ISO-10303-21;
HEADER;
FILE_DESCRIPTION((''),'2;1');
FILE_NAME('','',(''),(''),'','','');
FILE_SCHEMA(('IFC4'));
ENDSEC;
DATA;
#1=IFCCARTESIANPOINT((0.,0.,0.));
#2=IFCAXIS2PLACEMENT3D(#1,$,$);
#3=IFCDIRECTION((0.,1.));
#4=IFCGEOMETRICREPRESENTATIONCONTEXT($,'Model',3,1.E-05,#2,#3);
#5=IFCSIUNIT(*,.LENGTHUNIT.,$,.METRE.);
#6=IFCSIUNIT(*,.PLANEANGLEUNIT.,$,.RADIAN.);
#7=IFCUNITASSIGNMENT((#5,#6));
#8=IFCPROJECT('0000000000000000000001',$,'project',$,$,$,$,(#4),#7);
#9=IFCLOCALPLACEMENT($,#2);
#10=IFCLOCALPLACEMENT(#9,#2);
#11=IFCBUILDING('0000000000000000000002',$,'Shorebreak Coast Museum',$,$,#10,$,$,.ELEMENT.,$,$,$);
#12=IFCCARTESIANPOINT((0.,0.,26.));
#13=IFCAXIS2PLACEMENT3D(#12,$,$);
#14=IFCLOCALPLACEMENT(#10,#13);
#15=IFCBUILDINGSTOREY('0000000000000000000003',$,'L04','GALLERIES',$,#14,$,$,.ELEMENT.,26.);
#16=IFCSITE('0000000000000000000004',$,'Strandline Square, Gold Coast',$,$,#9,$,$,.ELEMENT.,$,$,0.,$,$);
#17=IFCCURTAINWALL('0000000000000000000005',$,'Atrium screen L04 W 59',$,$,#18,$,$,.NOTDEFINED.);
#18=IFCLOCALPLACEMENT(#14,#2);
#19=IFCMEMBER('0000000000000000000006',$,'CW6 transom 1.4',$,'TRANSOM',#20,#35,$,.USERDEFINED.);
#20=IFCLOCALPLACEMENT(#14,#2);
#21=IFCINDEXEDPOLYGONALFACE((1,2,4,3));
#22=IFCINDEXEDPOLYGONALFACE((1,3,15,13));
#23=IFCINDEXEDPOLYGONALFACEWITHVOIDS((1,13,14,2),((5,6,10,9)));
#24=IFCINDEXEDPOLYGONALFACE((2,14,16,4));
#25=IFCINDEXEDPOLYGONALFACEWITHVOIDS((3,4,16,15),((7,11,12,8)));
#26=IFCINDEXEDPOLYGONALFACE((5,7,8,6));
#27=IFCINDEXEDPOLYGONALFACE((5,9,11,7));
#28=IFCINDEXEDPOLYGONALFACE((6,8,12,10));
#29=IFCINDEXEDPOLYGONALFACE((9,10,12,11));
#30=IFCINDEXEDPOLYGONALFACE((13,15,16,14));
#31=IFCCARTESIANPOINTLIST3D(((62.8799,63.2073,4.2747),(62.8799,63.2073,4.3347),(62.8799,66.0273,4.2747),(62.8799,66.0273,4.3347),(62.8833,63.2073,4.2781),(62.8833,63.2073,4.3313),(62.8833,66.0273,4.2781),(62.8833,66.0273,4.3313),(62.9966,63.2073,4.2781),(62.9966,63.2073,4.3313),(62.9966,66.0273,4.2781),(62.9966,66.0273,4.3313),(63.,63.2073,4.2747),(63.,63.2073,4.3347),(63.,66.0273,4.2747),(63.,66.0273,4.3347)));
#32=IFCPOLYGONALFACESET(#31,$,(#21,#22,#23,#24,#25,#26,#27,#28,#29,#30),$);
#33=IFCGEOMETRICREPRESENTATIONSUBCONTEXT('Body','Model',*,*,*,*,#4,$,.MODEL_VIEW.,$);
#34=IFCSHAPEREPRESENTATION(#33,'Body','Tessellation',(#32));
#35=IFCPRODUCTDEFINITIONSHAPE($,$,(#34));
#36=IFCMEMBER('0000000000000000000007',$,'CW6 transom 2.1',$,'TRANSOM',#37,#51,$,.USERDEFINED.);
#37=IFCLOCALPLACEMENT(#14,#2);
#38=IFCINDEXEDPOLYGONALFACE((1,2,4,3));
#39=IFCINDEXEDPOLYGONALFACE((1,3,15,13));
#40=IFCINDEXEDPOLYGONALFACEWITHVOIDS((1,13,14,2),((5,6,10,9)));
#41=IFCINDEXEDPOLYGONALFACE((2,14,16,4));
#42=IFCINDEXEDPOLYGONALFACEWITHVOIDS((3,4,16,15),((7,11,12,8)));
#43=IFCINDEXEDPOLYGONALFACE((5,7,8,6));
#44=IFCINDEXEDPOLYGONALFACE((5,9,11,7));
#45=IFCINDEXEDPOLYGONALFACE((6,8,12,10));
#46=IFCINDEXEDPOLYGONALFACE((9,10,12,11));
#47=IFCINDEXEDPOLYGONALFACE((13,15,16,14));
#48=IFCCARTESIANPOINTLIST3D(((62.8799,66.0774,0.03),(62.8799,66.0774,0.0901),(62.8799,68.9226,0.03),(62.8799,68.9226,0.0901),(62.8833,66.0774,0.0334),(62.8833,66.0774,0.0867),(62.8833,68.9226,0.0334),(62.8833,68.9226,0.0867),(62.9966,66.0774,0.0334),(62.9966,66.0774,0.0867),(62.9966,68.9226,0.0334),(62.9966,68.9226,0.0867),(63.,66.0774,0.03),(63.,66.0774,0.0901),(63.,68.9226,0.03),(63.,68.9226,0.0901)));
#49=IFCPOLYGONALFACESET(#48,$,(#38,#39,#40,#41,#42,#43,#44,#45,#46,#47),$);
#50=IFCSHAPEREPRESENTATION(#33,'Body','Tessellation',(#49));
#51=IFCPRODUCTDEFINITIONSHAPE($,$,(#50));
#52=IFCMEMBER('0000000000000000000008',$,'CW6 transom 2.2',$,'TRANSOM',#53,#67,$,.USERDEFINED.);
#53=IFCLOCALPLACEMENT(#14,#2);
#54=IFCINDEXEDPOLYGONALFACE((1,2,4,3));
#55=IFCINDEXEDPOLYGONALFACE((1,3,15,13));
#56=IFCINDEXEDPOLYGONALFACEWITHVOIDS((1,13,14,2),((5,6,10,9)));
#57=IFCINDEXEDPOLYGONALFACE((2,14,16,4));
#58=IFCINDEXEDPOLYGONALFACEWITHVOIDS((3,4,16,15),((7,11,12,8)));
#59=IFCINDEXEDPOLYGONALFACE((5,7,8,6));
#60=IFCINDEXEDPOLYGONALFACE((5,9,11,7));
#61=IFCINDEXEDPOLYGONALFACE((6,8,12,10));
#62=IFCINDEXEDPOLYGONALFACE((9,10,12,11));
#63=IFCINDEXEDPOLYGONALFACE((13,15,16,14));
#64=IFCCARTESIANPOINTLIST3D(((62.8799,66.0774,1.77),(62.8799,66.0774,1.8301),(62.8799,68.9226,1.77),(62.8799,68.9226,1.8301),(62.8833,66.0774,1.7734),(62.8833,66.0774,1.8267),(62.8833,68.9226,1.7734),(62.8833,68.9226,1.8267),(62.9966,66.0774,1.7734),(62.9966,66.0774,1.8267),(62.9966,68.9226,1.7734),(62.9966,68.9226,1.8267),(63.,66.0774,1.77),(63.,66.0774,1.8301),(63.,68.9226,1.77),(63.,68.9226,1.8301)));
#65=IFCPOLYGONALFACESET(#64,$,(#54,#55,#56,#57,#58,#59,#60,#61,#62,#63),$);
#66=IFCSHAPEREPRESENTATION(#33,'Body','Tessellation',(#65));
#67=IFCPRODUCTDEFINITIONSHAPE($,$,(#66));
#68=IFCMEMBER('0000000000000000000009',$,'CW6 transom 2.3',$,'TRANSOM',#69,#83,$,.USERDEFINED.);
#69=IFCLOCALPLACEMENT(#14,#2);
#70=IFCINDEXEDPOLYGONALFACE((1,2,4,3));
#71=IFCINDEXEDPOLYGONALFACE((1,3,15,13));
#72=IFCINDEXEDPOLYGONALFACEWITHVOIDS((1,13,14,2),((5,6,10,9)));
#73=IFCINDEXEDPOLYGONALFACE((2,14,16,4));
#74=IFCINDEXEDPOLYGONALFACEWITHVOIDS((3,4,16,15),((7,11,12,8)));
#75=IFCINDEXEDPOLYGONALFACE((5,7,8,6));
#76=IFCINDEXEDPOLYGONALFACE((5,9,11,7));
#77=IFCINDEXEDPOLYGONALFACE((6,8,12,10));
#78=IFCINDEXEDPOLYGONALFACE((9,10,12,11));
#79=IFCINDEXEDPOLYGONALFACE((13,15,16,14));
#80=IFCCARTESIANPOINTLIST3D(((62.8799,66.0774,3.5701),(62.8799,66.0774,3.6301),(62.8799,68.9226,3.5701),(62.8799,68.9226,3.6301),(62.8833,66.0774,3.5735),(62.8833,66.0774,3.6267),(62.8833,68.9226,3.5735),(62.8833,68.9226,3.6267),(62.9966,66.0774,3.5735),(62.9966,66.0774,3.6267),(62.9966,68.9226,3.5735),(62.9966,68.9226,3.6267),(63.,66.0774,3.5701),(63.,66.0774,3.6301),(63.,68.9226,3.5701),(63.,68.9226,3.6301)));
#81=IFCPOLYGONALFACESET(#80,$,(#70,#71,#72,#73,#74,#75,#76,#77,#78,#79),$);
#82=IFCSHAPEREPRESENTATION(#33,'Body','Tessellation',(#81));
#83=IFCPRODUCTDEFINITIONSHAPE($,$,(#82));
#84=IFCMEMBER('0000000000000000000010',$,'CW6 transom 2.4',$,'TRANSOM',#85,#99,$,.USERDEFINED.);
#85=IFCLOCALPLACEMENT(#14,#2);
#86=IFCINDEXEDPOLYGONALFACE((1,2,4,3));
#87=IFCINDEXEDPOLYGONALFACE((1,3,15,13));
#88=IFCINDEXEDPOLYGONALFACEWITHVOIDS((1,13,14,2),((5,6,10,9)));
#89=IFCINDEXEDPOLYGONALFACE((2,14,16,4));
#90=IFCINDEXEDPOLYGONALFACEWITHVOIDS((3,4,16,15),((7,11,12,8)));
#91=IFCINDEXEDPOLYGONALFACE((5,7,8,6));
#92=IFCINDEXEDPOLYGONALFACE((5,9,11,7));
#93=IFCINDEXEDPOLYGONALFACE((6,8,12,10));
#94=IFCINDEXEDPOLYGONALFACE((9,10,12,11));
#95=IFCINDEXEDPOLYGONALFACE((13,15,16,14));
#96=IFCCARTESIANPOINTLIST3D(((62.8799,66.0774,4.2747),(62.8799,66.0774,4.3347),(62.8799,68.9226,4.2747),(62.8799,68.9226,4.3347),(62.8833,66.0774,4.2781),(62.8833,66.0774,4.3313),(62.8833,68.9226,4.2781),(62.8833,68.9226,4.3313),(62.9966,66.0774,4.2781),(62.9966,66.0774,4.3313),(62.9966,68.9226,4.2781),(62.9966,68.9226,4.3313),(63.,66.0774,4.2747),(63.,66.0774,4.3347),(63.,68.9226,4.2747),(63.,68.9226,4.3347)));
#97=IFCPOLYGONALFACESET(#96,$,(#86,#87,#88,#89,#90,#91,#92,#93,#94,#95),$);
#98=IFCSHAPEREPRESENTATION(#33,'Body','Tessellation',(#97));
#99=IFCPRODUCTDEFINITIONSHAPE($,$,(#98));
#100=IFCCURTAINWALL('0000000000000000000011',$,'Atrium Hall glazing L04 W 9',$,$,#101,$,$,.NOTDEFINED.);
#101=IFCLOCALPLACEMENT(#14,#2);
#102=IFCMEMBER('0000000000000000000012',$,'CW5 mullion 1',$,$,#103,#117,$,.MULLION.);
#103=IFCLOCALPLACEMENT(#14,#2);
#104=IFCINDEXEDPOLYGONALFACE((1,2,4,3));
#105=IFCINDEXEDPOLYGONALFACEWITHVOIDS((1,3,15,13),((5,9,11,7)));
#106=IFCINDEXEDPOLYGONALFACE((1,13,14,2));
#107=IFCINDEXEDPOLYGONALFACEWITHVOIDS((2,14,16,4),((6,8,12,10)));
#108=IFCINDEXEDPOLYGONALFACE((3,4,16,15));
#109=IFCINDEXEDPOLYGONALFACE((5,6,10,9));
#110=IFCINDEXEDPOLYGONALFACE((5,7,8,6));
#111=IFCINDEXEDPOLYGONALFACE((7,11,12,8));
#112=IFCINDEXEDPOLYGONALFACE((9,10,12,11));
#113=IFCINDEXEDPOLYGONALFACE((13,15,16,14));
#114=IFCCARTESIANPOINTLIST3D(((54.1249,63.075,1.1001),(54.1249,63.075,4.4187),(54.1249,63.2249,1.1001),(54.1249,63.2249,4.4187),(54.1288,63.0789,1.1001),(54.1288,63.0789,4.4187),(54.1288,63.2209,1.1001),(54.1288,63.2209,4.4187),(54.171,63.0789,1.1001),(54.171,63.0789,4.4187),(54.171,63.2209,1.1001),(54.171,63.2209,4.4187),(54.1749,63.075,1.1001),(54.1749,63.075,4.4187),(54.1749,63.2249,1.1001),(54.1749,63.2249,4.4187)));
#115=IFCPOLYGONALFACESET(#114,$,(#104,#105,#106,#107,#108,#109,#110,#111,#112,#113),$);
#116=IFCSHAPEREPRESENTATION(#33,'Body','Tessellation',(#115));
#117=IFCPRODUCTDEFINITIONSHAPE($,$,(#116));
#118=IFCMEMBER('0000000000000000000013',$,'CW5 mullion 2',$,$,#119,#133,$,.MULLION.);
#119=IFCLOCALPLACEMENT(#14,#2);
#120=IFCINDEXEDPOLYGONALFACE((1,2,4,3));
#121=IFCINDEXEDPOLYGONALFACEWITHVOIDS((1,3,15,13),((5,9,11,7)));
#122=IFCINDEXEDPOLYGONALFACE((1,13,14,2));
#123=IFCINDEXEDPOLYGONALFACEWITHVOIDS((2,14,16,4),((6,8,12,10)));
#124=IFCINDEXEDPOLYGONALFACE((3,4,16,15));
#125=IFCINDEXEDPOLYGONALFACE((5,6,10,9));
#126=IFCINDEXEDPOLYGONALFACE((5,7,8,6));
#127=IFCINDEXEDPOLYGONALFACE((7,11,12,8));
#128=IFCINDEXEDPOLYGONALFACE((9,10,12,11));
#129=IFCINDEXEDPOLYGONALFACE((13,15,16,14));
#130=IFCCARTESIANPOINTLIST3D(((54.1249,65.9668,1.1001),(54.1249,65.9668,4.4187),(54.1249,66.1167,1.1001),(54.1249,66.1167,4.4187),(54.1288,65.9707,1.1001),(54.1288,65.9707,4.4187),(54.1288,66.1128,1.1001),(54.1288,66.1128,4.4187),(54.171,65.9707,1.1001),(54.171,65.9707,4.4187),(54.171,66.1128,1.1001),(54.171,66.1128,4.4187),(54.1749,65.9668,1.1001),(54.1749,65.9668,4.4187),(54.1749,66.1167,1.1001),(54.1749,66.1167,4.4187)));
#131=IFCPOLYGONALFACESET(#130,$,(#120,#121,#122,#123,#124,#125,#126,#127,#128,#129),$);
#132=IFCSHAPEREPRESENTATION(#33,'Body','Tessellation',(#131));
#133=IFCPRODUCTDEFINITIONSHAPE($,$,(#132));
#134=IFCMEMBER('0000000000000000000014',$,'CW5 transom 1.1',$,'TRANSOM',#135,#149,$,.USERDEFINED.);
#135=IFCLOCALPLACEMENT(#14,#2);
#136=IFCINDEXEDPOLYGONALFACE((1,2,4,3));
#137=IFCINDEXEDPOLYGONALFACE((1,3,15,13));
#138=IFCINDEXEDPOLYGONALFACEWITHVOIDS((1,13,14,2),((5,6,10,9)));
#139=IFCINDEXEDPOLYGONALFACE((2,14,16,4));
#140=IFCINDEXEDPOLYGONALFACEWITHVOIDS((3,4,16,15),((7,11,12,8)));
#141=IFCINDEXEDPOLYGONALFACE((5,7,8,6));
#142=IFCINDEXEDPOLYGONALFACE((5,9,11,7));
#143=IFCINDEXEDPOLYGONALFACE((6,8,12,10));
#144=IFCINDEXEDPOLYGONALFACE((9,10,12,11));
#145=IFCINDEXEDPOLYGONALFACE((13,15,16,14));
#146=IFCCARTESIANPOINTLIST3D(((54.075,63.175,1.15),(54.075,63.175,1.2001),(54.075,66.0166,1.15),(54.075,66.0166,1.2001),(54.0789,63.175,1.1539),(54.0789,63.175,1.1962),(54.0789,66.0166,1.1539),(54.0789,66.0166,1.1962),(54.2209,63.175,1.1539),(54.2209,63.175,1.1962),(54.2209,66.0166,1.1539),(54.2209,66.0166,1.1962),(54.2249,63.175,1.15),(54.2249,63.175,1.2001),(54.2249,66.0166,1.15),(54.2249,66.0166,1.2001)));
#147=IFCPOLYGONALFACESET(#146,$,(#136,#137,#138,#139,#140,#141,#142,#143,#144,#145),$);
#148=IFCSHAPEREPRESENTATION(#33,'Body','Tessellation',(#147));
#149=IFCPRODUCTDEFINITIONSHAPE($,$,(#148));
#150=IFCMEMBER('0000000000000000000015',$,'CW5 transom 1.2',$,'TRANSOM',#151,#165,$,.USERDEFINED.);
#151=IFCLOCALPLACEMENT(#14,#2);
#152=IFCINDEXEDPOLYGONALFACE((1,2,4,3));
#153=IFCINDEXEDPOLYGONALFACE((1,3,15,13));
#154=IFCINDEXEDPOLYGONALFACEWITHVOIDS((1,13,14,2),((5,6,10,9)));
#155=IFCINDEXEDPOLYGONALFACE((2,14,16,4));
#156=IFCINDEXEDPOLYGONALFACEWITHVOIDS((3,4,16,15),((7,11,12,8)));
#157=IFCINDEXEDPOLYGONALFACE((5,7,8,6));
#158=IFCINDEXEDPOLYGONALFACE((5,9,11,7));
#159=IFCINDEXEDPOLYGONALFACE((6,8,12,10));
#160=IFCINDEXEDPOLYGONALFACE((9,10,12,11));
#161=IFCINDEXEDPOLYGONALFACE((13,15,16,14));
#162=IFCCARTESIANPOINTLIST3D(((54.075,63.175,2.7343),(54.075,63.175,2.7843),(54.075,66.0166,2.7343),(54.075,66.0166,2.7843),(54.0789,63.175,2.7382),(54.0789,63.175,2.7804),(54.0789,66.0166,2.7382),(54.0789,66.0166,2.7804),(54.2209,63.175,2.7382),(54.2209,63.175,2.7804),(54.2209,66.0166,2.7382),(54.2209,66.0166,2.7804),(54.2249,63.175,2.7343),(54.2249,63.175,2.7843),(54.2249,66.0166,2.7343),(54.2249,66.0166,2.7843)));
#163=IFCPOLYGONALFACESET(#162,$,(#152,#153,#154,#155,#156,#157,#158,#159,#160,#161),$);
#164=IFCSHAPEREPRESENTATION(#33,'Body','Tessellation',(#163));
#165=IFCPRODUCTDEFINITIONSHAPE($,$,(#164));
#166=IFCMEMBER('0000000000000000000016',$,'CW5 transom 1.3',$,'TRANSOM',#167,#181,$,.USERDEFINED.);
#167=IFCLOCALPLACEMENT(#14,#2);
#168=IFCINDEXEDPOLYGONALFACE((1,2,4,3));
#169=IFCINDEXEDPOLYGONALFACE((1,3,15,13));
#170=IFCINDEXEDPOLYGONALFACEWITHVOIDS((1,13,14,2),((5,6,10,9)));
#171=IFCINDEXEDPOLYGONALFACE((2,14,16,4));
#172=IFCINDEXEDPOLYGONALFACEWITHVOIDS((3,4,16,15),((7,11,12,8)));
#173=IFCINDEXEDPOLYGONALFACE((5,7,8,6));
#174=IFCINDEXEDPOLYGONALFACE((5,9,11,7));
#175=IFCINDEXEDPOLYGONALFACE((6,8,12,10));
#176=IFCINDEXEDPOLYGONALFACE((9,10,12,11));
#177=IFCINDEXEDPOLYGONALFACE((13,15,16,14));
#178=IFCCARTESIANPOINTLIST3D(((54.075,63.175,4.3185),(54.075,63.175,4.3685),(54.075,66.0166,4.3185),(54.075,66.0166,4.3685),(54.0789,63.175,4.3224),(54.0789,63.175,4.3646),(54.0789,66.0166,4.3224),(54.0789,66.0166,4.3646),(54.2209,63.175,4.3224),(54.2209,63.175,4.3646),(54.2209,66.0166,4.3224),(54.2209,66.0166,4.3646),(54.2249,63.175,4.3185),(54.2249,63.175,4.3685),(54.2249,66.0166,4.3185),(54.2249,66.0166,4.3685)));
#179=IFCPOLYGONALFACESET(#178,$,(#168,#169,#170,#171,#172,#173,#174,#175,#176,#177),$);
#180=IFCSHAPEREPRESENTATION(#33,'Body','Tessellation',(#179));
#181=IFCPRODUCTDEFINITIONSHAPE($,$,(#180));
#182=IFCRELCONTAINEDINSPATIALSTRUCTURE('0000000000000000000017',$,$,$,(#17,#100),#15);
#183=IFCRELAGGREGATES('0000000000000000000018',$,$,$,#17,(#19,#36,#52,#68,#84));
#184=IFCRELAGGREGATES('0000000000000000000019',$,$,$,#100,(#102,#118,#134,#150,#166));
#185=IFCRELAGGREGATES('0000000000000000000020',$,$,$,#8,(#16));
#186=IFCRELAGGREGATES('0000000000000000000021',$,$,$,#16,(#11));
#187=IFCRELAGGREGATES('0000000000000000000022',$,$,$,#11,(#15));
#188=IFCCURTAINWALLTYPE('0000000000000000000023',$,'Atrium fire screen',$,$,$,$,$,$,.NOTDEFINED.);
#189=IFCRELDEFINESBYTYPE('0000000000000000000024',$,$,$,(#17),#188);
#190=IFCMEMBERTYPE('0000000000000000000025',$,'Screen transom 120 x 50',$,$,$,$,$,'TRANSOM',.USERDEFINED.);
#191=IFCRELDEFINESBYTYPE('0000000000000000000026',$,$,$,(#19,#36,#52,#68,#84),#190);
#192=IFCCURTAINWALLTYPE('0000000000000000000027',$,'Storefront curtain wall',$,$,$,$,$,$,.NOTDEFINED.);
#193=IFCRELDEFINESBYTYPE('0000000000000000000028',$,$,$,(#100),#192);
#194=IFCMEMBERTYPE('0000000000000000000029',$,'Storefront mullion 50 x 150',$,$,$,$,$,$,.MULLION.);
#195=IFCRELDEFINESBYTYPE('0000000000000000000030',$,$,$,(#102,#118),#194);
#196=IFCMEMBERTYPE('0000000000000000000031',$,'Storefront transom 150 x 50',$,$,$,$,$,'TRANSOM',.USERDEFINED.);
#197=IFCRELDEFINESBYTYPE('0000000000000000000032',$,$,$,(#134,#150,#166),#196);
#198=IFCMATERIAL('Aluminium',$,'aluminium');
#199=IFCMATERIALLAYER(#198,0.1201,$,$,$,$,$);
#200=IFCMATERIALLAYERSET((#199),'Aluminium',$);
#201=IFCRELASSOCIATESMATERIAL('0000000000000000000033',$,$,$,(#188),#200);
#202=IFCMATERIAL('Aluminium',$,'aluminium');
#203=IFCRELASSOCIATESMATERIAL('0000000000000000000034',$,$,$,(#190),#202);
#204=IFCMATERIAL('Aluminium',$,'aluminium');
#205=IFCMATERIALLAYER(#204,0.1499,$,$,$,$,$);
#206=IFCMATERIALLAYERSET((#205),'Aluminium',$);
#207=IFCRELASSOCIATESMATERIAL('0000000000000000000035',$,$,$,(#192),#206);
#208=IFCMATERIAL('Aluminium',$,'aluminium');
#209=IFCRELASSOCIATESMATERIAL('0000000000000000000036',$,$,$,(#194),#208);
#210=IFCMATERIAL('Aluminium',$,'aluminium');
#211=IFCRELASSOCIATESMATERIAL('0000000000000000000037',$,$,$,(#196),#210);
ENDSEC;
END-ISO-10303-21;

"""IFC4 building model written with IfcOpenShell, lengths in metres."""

from ifc_helpers import new_model, si_unit, direction, frame, origin, origin_2d, place, context, subcontext, project, spatial, hollow_rectangle, extrude, material, layer, layer_set, material_profile, profile_set, type_object, element, aggregate, save


model = new_model("IFC4")

# Units and contexts
model_context = context("Model", 3, precision=1e-05, world=origin(), true_north=direction((0.0, 1.0)))
body_context = subcontext(model_context, "Body", "Model", "MODEL_VIEW")
ifc_project = project(units=[si_unit("LENGTHUNIT", "METRE"), si_unit("PLANEANGLEUNIT", "RADIAN")], contexts=[model_context])

# Site, building, storey
site_placement = place(None, origin())
site = spatial("IfcSite", under=ifc_project, at=site_placement, Name="Strandline Square, Gold Coast", CompositionType="ELEMENT", RefElevation=0.0)
building_placement = place(site_placement, origin())
building = spatial("IfcBuilding", under=site, at=building_placement, Name="Shorebreak Coast Museum", CompositionType="ELEMENT")
storey_placement = place(building_placement, frame((0.0, 0.0, 26.0)))
storey = spatial("IfcBuildingStorey", under=building, at=storey_placement, Name="L04", Description="GALLERIES", CompositionType="ELEMENT", Elevation=26.0)

# Curtain walls, members
ifc_material_1 = material(Name="Aluminium", Category="aluminium")
ifc_layer_1 = layer(ifc_material_1, 0.1201)
ifc_layer_set_1 = layer_set([ifc_layer_1], Name="Aluminium")
curtain_wall_type_1 = type_object("IfcCurtainWallType", Name="Atrium fire screen", PredefinedType="NOTDEFINED", material=ifc_layer_set_1)
curtain_wall_1_placement = place(storey_placement, origin())
curtain_wall_1 = element("IfcCurtainWall", 1, at=curtain_wall_1_placement, inside=storey, type_object=curtain_wall_type_1, Name="Atrium screen L04 W 59", PredefinedType="NOTDEFINED")
ifc_material_2 = material(Name="Aluminium", Category="aluminium")
ifc_material_profile_1 = material_profile(ifc_material_2, hollow_rectangle(XDim=0.1201, YDim=0.0601, WallThickness=0.0034, at=origin_2d()), Name="AL 60x120 RHS")
ifc_profile_set_1 = profile_set([ifc_material_profile_1], Name="Aluminium")
member_type_1 = type_object("IfcMemberType", Name="Screen transom 120 x 50", ElementType="TRANSOM", PredefinedType="USERDEFINED", material=ifc_profile_set_1)
member_1_placement = place(storey_placement, frame((62.9399, 63.2073, 4.3047), z_axis=(0.0, 1.0, 0.0), x_axis=(-1.0, 0.0, 0.0)))
member_1 = element("IfcMember", 2, at=member_1_placement, type_object=member_type_1, Name="CW6 transom 1.4", ObjectType="TRANSOM", PredefinedType="USERDEFINED", context=body_context, shape_type="SweptSolid", body=[
    extrude(hollow_rectangle(XDim=0.1201, YDim=0.0601, WallThickness=0.0034, at=origin_2d()), origin(), (0.0, 0.0, 1.0), 2.8201),
])
member_2_placement = place(storey_placement, frame((62.9399, 66.0774, 0.0601), z_axis=(0.0, 1.0, 0.0), x_axis=(-1.0, 0.0, 0.0)))
member_2 = element("IfcMember", 3, at=member_2_placement, type_object=member_type_1, Name="CW6 transom 2.1", ObjectType="TRANSOM", PredefinedType="USERDEFINED", context=body_context, shape_type="SweptSolid", body=[
    extrude(hollow_rectangle(XDim=0.1201, YDim=0.0601, WallThickness=0.0034, at=origin_2d()), origin(), (0.0, 0.0, 1.0), 2.8452),
])
member_3_placement = place(storey_placement, frame((62.9399, 66.0774, 1.8), z_axis=(0.0, 1.0, 0.0), x_axis=(-1.0, 0.0, 0.0)))
member_3 = element("IfcMember", 4, at=member_3_placement, type_object=member_type_1, Name="CW6 transom 2.2", ObjectType="TRANSOM", PredefinedType="USERDEFINED", context=body_context, shape_type="SweptSolid", body=[
    extrude(hollow_rectangle(XDim=0.1201, YDim=0.0601, WallThickness=0.0034, at=origin_2d()), origin(), (0.0, 0.0, 1.0), 2.8452),
])
member_4_placement = place(storey_placement, frame((62.9399, 66.0774, 3.6001), z_axis=(0.0, 1.0, 0.0), x_axis=(-1.0, 0.0, 0.0)))
member_4 = element("IfcMember", 5, at=member_4_placement, type_object=member_type_1, Name="CW6 transom 2.3", ObjectType="TRANSOM", PredefinedType="USERDEFINED", context=body_context, shape_type="SweptSolid", body=[
    extrude(hollow_rectangle(XDim=0.1201, YDim=0.0601, WallThickness=0.0034, at=origin_2d()), origin(), (0.0, 0.0, 1.0), 2.8452),
])
member_5_placement = place(storey_placement, frame((62.9399, 66.0774, 4.3047), z_axis=(0.0, 1.0, 0.0), x_axis=(-1.0, 0.0, 0.0)))
member_5 = element("IfcMember", 6, at=member_5_placement, type_object=member_type_1, Name="CW6 transom 2.4", ObjectType="TRANSOM", PredefinedType="USERDEFINED", context=body_context, shape_type="SweptSolid", body=[
    extrude(hollow_rectangle(XDim=0.1201, YDim=0.0601, WallThickness=0.0034, at=origin_2d()), origin(), (0.0, 0.0, 1.0), 2.8452),
])
ifc_material_3 = material(Name="Aluminium", Category="aluminium")
ifc_layer_2 = layer(ifc_material_3, 0.1499)
ifc_layer_set_2 = layer_set([ifc_layer_2], Name="Aluminium")
curtain_wall_type_2 = type_object("IfcCurtainWallType", Name="Storefront curtain wall", PredefinedType="NOTDEFINED", material=ifc_layer_set_2)
curtain_wall_2_placement = place(storey_placement, origin())
curtain_wall_2 = element("IfcCurtainWall", 7, at=curtain_wall_2_placement, inside=storey, type_object=curtain_wall_type_2, Name="Atrium Hall glazing L04 W 9", PredefinedType="NOTDEFINED")
ifc_material_4 = material(Name="Aluminium", Category="aluminium")
ifc_material_profile_2 = material_profile(ifc_material_4, hollow_rectangle(XDim=0.05, YDim=0.1499, WallThickness=0.0039, at=origin_2d()), Name="AL 150x50 RHS")
ifc_profile_set_2 = profile_set([ifc_material_profile_2], Name="Aluminium")
member_type_2 = type_object("IfcMemberType", Name="Storefront mullion 50 x 150", PredefinedType="MULLION", material=ifc_profile_set_2)
member_6_placement = place(storey_placement, frame((54.1499, 63.1499, 1.1001), z_axis=(0.0, 0.0, 1.0), x_axis=(-1.0, 0.0, 0.0)))
member_6 = element("IfcMember", 8, at=member_6_placement, type_object=member_type_2, Name="CW5 mullion 1", PredefinedType="MULLION", context=body_context, shape_type="SweptSolid", body=[
    extrude(hollow_rectangle(XDim=0.05, YDim=0.1499, WallThickness=0.0039, at=origin_2d()), origin(), (0.0, 0.0, 1.0), 3.3186),
])
member_7_placement = place(storey_placement, frame((54.1499, 66.0417, 1.1001), z_axis=(0.0, 0.0, 1.0), x_axis=(-1.0, 0.0, 0.0)))
member_7 = element("IfcMember", 9, at=member_7_placement, type_object=member_type_2, Name="CW5 mullion 2", PredefinedType="MULLION", context=body_context, shape_type="SweptSolid", body=[
    extrude(hollow_rectangle(XDim=0.05, YDim=0.1499, WallThickness=0.0039, at=origin_2d()), origin(), (0.0, 0.0, 1.0), 3.3186),
])
ifc_material_5 = material(Name="Aluminium", Category="aluminium")
ifc_material_profile_3 = material_profile(ifc_material_5, hollow_rectangle(XDim=0.1499, YDim=0.05, WallThickness=0.0039, at=origin_2d()), Name="AL 50x150 RHS")
ifc_profile_set_3 = profile_set([ifc_material_profile_3], Name="Aluminium")
member_type_3 = type_object("IfcMemberType", Name="Storefront transom 150 x 50", ElementType="TRANSOM", PredefinedType="USERDEFINED", material=ifc_profile_set_3)
member_8_placement = place(storey_placement, frame((54.1499, 63.175, 1.175), z_axis=(0.0, 1.0, 0.0), x_axis=(-1.0, 0.0, 0.0)))
member_8 = element("IfcMember", 10, at=member_8_placement, type_object=member_type_3, Name="CW5 transom 1.1", ObjectType="TRANSOM", PredefinedType="USERDEFINED", context=body_context, shape_type="SweptSolid", body=[
    extrude(hollow_rectangle(XDim=0.1499, YDim=0.05, WallThickness=0.0039, at=origin_2d()), origin(), (0.0, 0.0, 1.0), 2.8416),
])
member_9_placement = place(storey_placement, frame((54.1499, 63.175, 2.7593), z_axis=(0.0, 1.0, 0.0), x_axis=(-1.0, 0.0, 0.0)))
member_9 = element("IfcMember", 11, at=member_9_placement, type_object=member_type_3, Name="CW5 transom 1.2", ObjectType="TRANSOM", PredefinedType="USERDEFINED", context=body_context, shape_type="SweptSolid", body=[
    extrude(hollow_rectangle(XDim=0.1499, YDim=0.05, WallThickness=0.0039, at=origin_2d()), origin(), (0.0, 0.0, 1.0), 2.8416),
])
member_10_placement = place(storey_placement, frame((54.1499, 63.175, 4.3435), z_axis=(0.0, 1.0, 0.0), x_axis=(-1.0, 0.0, 0.0)))
member_10 = element("IfcMember", 12, at=member_10_placement, type_object=member_type_3, Name="CW5 transom 1.3", ObjectType="TRANSOM", PredefinedType="USERDEFINED", context=body_context, shape_type="SweptSolid", body=[
    extrude(hollow_rectangle(XDim=0.1499, YDim=0.05, WallThickness=0.0039, at=origin_2d()), origin(), (0.0, 0.0, 1.0), 2.8416),
])

aggregate(curtain_wall_1, [member_1, member_2, member_3, member_4, member_5])
aggregate(curtain_wall_2, [member_6, member_7, member_8, member_9, member_10])

save(model, "model.ifc")
